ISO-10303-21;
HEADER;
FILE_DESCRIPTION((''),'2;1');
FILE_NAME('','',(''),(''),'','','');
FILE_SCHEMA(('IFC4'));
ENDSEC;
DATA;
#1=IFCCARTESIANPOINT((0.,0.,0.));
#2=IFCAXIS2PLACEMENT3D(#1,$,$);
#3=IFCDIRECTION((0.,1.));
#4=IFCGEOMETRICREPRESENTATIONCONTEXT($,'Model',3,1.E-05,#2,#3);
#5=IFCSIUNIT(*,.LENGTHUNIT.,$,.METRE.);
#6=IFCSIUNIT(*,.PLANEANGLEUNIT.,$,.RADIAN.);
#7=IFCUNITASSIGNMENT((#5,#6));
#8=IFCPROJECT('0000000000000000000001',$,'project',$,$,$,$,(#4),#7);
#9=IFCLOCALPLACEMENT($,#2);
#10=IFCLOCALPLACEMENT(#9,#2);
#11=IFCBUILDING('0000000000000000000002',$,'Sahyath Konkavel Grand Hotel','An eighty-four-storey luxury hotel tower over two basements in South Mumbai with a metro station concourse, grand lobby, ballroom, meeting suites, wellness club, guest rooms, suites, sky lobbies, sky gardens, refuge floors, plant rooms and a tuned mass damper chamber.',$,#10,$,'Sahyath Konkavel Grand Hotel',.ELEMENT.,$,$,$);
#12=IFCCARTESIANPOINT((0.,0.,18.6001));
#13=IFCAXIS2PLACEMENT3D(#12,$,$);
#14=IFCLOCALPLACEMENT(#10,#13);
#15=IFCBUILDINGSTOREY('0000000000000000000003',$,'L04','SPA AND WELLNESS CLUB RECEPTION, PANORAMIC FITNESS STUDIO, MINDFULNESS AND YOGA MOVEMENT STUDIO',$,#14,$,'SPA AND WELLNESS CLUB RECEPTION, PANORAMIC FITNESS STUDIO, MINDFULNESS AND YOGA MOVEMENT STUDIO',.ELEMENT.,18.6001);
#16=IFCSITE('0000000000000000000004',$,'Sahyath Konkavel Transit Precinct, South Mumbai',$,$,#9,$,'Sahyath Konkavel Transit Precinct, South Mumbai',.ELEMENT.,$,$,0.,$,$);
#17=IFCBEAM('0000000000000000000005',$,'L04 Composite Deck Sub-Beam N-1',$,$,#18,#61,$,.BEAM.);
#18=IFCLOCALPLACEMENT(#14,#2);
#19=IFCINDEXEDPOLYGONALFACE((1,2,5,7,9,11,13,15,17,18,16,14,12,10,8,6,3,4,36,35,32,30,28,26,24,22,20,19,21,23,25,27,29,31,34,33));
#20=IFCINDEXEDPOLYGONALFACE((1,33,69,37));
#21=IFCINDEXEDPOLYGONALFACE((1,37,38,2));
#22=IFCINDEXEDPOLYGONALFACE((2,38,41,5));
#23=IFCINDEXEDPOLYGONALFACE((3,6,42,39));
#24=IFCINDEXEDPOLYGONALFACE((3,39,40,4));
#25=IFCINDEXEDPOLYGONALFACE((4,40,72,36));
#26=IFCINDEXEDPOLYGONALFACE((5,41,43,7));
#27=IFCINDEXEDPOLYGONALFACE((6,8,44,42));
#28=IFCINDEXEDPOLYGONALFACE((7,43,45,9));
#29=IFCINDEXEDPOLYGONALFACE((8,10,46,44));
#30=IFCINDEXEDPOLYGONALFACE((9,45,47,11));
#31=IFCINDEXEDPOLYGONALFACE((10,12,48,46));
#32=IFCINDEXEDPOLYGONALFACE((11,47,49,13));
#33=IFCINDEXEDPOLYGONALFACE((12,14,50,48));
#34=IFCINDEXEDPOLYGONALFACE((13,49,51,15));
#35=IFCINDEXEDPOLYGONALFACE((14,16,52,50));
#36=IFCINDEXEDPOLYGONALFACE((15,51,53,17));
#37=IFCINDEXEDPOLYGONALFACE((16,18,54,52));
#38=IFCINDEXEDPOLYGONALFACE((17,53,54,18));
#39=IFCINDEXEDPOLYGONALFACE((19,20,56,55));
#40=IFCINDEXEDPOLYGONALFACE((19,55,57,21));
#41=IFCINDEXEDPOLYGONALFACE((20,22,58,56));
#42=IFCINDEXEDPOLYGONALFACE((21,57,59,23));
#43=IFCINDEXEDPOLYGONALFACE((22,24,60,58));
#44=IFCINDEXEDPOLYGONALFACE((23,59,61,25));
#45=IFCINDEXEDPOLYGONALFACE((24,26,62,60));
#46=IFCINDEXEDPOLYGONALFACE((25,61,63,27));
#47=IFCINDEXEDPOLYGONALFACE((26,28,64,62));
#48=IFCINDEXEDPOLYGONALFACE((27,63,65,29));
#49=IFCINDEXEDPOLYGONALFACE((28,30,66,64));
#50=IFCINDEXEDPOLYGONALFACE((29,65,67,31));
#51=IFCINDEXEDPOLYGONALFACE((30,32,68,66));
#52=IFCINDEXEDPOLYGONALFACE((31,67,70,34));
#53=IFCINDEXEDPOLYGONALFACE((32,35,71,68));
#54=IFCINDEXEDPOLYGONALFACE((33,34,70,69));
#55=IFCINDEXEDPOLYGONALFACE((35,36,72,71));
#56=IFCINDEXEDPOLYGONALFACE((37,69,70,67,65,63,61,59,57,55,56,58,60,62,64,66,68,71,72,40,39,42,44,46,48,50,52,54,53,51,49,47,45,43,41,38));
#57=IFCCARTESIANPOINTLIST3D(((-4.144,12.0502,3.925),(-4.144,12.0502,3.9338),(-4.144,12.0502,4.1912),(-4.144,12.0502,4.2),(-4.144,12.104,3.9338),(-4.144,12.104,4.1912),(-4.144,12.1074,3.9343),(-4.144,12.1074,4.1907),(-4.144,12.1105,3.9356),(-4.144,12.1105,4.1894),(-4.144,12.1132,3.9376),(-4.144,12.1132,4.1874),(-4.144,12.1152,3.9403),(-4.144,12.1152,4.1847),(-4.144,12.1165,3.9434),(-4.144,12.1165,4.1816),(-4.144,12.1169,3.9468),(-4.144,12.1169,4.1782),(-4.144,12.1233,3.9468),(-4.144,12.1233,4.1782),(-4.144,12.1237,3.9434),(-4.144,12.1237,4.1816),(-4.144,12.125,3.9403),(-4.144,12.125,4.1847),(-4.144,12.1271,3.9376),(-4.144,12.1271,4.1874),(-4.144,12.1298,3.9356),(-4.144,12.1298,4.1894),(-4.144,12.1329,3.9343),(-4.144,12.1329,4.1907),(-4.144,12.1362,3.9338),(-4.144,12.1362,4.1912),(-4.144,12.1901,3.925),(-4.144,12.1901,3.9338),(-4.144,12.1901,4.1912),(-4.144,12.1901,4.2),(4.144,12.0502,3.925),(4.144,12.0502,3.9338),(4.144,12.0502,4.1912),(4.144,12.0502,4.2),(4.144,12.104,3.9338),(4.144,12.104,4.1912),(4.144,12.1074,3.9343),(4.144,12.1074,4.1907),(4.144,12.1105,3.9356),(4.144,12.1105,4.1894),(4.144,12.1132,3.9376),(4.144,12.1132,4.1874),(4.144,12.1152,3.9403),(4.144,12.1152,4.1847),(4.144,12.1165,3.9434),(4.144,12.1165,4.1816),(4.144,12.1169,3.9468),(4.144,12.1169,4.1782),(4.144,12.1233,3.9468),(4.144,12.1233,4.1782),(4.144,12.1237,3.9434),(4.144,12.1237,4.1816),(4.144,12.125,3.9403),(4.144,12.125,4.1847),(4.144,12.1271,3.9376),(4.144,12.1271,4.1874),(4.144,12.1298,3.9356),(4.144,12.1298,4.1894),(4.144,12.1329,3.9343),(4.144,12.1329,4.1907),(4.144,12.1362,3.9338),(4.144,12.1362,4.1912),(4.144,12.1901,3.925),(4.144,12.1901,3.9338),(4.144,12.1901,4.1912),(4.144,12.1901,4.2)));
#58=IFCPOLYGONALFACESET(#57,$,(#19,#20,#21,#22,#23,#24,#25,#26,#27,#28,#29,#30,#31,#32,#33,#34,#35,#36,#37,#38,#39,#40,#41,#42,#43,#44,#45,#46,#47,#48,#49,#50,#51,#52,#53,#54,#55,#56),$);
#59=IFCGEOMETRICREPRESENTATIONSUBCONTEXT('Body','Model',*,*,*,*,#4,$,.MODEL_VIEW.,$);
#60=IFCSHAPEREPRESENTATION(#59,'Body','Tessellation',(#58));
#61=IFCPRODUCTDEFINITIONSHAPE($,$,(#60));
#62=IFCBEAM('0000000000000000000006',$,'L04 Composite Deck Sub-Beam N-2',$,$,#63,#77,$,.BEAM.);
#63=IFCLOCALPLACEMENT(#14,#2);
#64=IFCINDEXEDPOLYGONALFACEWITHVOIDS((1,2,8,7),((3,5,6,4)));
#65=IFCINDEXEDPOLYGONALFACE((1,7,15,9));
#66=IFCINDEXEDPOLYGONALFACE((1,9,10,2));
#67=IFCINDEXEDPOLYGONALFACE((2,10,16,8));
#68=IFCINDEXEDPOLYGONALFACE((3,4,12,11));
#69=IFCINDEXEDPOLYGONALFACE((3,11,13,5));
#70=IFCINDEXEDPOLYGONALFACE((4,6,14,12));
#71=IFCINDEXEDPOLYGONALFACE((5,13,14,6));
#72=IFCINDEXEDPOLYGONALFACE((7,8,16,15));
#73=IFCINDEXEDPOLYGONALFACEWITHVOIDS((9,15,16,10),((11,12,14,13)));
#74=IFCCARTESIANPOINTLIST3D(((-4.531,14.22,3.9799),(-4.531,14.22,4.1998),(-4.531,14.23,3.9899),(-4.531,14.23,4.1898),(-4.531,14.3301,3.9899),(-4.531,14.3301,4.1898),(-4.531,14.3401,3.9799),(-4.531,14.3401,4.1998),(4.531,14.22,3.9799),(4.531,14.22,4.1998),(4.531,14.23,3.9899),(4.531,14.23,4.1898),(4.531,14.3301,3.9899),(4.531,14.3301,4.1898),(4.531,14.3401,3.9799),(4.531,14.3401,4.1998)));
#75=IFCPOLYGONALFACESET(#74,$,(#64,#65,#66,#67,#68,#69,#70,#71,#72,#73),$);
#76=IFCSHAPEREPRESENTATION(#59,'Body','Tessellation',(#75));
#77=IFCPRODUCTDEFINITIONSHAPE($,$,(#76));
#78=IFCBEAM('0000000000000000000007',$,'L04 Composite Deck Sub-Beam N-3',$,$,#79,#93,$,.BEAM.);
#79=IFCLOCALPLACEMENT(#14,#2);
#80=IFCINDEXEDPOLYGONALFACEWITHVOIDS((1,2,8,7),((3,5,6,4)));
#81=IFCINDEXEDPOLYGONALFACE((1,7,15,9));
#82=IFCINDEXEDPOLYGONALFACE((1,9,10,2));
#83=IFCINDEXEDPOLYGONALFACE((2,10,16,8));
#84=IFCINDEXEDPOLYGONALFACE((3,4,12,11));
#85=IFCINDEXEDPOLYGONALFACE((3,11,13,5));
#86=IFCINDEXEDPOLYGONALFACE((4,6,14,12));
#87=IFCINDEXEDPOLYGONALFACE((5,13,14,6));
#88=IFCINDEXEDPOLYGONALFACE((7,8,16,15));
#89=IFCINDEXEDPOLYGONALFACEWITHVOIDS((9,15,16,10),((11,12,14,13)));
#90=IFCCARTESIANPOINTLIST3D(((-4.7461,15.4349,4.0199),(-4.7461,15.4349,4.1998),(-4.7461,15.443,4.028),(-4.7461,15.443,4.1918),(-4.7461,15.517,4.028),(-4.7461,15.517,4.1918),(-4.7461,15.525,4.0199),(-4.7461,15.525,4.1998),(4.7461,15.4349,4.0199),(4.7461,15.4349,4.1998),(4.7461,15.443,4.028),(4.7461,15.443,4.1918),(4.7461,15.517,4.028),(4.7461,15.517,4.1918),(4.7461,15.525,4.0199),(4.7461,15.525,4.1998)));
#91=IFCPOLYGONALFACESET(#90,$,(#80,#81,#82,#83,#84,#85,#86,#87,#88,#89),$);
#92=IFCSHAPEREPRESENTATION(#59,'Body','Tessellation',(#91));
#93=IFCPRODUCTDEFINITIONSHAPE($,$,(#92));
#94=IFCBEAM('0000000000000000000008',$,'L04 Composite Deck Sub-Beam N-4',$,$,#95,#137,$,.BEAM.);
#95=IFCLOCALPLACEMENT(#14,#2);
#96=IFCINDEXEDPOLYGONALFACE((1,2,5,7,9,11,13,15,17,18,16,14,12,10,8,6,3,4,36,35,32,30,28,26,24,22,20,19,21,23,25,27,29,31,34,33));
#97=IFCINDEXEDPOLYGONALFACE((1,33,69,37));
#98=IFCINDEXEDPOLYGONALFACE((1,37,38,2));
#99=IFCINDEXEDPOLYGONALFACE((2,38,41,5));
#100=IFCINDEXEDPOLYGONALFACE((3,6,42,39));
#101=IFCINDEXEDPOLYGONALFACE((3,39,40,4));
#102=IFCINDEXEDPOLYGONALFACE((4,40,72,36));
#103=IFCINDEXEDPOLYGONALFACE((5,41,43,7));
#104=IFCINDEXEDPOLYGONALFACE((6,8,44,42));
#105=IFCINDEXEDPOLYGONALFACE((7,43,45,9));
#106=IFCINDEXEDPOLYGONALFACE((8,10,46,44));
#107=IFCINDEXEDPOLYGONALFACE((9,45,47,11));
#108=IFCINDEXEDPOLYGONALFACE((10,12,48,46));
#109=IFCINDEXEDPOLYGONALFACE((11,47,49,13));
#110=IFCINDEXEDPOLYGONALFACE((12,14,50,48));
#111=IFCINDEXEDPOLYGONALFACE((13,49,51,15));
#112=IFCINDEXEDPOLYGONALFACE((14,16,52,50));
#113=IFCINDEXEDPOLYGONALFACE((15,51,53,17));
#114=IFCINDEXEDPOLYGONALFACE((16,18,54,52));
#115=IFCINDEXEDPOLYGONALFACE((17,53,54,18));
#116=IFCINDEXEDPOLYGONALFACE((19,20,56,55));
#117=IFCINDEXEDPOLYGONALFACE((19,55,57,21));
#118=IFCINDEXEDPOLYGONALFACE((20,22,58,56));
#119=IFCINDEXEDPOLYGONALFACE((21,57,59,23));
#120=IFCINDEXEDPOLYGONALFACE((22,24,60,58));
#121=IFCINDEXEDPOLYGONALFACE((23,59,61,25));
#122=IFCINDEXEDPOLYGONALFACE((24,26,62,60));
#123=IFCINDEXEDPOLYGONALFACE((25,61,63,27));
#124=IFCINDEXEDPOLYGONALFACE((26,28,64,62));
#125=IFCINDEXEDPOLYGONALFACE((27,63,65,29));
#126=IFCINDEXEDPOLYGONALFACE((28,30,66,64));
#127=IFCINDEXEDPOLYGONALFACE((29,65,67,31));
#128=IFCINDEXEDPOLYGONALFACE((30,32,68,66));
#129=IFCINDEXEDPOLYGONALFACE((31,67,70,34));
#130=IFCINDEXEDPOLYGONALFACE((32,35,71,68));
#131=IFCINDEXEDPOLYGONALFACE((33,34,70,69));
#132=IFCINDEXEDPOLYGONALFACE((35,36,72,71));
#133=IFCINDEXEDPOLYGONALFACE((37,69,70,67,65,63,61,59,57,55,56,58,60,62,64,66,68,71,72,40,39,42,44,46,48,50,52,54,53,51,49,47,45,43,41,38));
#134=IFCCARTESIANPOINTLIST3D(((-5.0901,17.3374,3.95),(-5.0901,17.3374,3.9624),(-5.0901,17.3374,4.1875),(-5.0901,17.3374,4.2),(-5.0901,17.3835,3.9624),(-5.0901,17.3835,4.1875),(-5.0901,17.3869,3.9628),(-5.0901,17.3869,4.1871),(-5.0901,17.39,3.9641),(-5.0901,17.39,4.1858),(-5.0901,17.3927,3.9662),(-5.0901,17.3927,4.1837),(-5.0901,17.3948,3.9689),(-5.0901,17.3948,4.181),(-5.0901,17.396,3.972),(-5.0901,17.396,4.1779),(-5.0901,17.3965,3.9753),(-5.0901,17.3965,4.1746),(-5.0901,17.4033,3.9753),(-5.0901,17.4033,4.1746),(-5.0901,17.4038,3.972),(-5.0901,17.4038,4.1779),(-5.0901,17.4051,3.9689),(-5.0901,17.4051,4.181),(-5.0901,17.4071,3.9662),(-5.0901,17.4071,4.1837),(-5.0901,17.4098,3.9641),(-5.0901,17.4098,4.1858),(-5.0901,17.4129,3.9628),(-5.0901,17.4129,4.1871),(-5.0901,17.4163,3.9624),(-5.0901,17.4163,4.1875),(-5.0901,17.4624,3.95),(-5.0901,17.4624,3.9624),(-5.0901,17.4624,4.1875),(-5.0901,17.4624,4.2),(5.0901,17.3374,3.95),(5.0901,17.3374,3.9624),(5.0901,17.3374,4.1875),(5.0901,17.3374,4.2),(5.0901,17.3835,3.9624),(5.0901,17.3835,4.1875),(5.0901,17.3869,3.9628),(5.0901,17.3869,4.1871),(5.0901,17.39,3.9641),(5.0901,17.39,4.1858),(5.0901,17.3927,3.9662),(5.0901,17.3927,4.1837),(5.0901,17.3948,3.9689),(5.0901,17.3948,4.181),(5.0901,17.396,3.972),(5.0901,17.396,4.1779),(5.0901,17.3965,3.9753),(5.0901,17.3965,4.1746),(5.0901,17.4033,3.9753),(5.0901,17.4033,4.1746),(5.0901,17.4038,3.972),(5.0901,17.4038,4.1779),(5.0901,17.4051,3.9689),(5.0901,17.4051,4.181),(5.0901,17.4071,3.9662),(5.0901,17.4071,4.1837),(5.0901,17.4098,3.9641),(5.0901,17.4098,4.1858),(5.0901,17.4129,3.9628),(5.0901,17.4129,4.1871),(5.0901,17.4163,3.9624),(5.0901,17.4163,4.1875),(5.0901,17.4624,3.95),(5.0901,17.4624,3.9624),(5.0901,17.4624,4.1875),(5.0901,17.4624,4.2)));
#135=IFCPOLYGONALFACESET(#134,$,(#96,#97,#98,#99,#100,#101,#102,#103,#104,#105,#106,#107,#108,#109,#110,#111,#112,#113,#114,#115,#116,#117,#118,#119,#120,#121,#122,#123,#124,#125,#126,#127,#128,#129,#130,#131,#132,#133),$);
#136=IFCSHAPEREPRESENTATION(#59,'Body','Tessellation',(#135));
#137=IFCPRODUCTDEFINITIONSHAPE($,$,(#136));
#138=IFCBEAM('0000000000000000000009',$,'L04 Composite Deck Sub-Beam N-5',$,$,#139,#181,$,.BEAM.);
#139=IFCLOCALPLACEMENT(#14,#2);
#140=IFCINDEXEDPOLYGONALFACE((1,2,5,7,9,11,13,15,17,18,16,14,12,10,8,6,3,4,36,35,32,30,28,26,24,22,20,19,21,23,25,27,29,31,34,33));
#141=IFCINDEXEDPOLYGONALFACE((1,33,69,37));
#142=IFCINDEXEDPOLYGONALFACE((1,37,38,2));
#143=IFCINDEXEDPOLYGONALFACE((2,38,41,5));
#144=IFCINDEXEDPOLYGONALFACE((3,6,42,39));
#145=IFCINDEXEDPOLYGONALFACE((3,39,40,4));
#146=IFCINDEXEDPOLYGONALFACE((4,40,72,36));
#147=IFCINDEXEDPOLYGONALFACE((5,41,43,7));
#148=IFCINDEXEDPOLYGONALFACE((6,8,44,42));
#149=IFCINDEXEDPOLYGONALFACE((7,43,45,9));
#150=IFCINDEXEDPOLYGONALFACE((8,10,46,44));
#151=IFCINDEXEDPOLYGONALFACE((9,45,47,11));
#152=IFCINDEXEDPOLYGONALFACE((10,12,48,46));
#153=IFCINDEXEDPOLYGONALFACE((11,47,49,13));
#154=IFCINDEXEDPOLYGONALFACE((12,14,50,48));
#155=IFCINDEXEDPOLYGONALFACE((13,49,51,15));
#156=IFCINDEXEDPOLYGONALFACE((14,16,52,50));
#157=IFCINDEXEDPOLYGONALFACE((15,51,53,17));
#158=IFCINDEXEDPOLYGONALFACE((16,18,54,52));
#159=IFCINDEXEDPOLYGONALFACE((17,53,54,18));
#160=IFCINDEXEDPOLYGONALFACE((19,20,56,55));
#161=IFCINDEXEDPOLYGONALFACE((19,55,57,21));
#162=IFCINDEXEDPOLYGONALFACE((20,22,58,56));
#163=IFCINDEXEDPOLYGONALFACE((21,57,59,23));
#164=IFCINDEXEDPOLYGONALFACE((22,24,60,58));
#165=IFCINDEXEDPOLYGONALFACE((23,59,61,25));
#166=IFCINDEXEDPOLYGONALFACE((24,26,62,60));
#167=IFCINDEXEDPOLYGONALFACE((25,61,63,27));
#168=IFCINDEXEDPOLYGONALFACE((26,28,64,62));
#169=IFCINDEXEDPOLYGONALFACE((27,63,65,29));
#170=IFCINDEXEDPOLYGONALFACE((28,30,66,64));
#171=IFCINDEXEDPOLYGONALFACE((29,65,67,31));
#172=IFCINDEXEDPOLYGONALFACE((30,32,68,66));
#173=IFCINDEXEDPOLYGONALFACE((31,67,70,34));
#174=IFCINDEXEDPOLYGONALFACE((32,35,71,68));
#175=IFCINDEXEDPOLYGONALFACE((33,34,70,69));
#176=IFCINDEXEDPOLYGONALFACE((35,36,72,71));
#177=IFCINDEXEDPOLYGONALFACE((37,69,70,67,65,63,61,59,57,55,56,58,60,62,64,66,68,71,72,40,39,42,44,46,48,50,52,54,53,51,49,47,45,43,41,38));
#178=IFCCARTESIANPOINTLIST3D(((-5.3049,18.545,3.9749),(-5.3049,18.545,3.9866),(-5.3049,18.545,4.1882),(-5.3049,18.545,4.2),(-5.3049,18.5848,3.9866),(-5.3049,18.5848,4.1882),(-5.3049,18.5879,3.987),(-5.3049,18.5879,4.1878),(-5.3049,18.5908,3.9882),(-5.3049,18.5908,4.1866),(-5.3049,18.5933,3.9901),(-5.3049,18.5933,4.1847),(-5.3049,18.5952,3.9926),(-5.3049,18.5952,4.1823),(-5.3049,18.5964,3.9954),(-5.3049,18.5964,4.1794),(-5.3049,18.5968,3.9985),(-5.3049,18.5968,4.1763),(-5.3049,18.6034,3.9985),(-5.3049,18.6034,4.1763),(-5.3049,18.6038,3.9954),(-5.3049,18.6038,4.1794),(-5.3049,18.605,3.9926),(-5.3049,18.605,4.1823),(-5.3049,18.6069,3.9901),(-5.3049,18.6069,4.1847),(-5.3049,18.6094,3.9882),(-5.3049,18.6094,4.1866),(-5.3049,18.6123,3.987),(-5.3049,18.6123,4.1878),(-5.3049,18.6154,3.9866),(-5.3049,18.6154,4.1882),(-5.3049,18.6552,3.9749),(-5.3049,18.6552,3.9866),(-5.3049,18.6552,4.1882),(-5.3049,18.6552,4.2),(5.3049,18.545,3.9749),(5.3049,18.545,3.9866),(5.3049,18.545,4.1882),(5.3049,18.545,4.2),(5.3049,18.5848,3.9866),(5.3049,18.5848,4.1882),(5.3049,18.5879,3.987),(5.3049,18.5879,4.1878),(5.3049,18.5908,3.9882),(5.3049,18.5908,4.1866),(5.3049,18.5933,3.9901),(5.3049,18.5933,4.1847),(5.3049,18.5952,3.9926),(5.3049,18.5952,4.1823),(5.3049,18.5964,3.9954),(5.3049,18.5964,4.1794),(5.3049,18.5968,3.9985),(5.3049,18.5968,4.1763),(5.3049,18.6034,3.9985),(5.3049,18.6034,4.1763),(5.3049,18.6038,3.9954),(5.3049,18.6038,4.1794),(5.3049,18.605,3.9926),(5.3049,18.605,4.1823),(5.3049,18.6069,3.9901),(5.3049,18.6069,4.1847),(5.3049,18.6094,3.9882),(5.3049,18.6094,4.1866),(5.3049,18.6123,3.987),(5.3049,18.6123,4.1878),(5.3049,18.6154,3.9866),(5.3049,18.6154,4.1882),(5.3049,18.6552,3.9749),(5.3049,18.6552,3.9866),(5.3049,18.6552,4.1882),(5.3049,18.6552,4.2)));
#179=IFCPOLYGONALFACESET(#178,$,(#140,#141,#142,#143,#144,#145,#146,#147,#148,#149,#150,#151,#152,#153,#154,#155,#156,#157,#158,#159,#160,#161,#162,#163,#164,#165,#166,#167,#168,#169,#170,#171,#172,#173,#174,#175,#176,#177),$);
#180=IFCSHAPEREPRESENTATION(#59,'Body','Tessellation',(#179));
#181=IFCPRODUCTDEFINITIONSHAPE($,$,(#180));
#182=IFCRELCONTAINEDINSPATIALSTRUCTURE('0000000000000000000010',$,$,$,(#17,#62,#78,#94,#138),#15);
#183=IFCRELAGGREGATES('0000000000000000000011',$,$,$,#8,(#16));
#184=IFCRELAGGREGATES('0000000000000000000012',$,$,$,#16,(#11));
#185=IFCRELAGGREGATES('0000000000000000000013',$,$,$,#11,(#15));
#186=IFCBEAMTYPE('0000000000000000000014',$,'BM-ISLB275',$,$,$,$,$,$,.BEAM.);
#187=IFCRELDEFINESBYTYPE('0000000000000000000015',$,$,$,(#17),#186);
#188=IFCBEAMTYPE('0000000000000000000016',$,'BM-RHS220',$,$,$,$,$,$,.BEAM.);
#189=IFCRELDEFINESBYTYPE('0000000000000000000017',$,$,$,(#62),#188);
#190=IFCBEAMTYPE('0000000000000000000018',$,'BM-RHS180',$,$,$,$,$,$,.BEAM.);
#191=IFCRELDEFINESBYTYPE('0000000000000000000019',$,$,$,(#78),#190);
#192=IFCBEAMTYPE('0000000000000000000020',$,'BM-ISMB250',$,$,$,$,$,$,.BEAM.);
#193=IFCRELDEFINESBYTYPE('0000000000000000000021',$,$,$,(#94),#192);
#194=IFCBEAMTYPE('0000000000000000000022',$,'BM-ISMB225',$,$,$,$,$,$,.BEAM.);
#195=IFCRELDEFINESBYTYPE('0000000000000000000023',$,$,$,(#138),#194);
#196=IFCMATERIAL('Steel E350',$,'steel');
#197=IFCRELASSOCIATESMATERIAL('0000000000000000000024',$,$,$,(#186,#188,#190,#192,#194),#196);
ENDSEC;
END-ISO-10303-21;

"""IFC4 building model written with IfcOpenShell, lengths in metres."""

from ifc_helpers import new_model, si_unit, direction, frame, origin, origin_2d, place, context, subcontext, project, spatial, hollow_rectangle, i_section, extrude, source, transform, mapped, material, material_profile, profile_set, type_object, element, save


model = new_model("IFC4")

# Units and contexts
model_context = context("Model", 3, precision=1e-05, world=origin(), true_north=direction((0.0, 1.0)))
body_context = subcontext(model_context, "Body", "Model", "MODEL_VIEW")
ifc_project = project(units=[si_unit("LENGTHUNIT", "METRE"), si_unit("PLANEANGLEUNIT", "RADIAN")], contexts=[model_context])

# Site, building, storey
site_placement = place(None, origin())
site = spatial("IfcSite", under=ifc_project, at=site_placement, Name="Sahyath Konkavel Transit Precinct, South Mumbai", LongName="Sahyath Konkavel Transit Precinct, South Mumbai", CompositionType="ELEMENT", RefElevation=0.0)
building_placement = place(site_placement, origin())
building = spatial("IfcBuilding", under=site, at=building_placement, Name="Sahyath Konkavel Grand Hotel", Description="An eighty-four-storey luxury hotel tower over two basements in South Mumbai with a metro station concourse, grand lobby, ballroom, meeting suites, wellness club, guest rooms, suites, sky lobbies, sky gardens, refuge floors, plant rooms and a tuned mass damper chamber.", LongName="Sahyath Konkavel Grand Hotel", CompositionType="ELEMENT")
storey_placement = place(building_placement, frame((0.0, 0.0, 18.6001)))
storey = spatial("IfcBuildingStorey", under=building, at=storey_placement, Name="L04", Description="SPA AND WELLNESS CLUB RECEPTION, PANORAMIC FITNESS STUDIO, MINDFULNESS AND YOGA MOVEMENT STUDIO", LongName="SPA AND WELLNESS CLUB RECEPTION, PANORAMIC FITNESS STUDIO, MINDFULNESS AND YOGA MOVEMENT STUDIO", CompositionType="ELEMENT", Elevation=18.6001)

# Beams
ifc_material_1 = material(Name="Steel E350", Category="steel")
ifc_material_profile_1 = material_profile(ifc_material_1, i_section(OverallWidth=0.1399, OverallDepth=0.2749, WebThickness=0.0063, FlangeThickness=0.0088, FilletRadius=0.0129, at=origin_2d()), Name="ISLB 275")
ifc_profile_set_1 = profile_set([ifc_material_profile_1], Name="Steel E350")
beam_type_1 = type_object("IfcBeamType", Name="BM-ISLB275", PredefinedType="BEAM", material=ifc_profile_set_1)
shared_shape_1 = source(origin(), body_context, "Body", "SweptSolid", [
    extrude(i_section(OverallWidth=0.1399, OverallDepth=0.2749, WebThickness=0.0063, FlangeThickness=0.0088, FilletRadius=0.0129, at=origin_2d()), origin(), (0.0, 0.0, 1.0), 8.2881),
])
beam_1_placement = place(storey_placement, frame((4.144, 12.1201, 4.0625), z_axis=(-1.0, 0.0, 0.0), x_axis=(0.0, -1.0, 0.0)))
element("IfcBeam", 1, at=beam_1_placement, inside=storey, type_object=beam_type_1, Name="L04 Composite Deck Sub-Beam N-1", PredefinedType="BEAM", context=body_context, shape_type="MappedRepresentation", body=[
    mapped(shared_shape_1, transform((0.0, 0.0, 0.0), scale=1.0)),
])
ifc_material_profile_2 = material_profile(ifc_material_1, hollow_rectangle(XDim=0.1201, YDim=0.22, WallThickness=0.01, at=origin_2d()), Name="RHS 220x120x10")
ifc_profile_set_2 = profile_set([ifc_material_profile_2], Name="Steel E350")
beam_type_2 = type_object("IfcBeamType", Name="BM-RHS220", PredefinedType="BEAM", material=ifc_profile_set_2)
shared_shape_2 = source(origin(), body_context, "Body", "SweptSolid", [
    extrude(hollow_rectangle(XDim=0.1201, YDim=0.22, WallThickness=0.01, at=origin_2d()), origin(), (0.0, 0.0, 1.0), 9.062),
])
beam_2_placement = place(storey_placement, frame((4.531, 14.28, 4.0898), z_axis=(-1.0, 0.0, 0.0), x_axis=(0.0, -1.0, 0.0)))
element("IfcBeam", 2, at=beam_2_placement, inside=storey, type_object=beam_type_2, Name="L04 Composite Deck Sub-Beam N-2", PredefinedType="BEAM", context=body_context, shape_type="MappedRepresentation", body=[
    mapped(shared_shape_2, transform((0.0, 0.0, 0.0), scale=1.0)),
])
ifc_material_profile_3 = material_profile(ifc_material_1, hollow_rectangle(XDim=0.0901, YDim=0.1799, WallThickness=0.0081, at=origin_2d()), Name="RHS 180x90x8")
ifc_profile_set_3 = profile_set([ifc_material_profile_3], Name="Steel E350")
beam_type_3 = type_object("IfcBeamType", Name="BM-RHS180", PredefinedType="BEAM", material=ifc_profile_set_3)
shared_shape_3 = source(origin(), body_context, "Body", "SweptSolid", [
    extrude(hollow_rectangle(XDim=0.0901, YDim=0.1799, WallThickness=0.0081, at=origin_2d()), origin(), (0.0, 0.0, 1.0), 9.4922),
])
beam_3_placement = place(storey_placement, frame((4.7461, 15.48, 4.1099), z_axis=(-1.0, 0.0, 0.0), x_axis=(0.0, -1.0, 0.0)))
element("IfcBeam", 3, at=beam_3_placement, inside=storey, type_object=beam_type_3, Name="L04 Composite Deck Sub-Beam N-3", PredefinedType="BEAM", context=body_context, shape_type="MappedRepresentation", body=[
    mapped(shared_shape_3, transform((0.0, 0.0, 0.0), scale=1.0)),
])
ifc_material_profile_4 = material_profile(ifc_material_1, i_section(OverallWidth=0.125, OverallDepth=0.25, WebThickness=0.0068, FlangeThickness=0.0125, FilletRadius=0.0129, at=origin_2d()), Name="ISMB 250")
ifc_profile_set_4 = profile_set([ifc_material_profile_4], Name="Steel E350")
beam_type_4 = type_object("IfcBeamType", Name="BM-ISMB250", PredefinedType="BEAM", material=ifc_profile_set_4)
shared_shape_4 = source(origin(), body_context, "Body", "SweptSolid", [
    extrude(i_section(OverallWidth=0.125, OverallDepth=0.25, WebThickness=0.0068, FlangeThickness=0.0125, FilletRadius=0.0129, at=origin_2d()), origin(), (0.0, 0.0, 1.0), 10.1802),
])
beam_4_placement = place(storey_placement, frame((5.0901, 17.3999, 4.075), z_axis=(-1.0, 0.0, 0.0), x_axis=(0.0, -1.0, 0.0)))
element("IfcBeam", 4, at=beam_4_placement, inside=storey, type_object=beam_type_4, Name="L04 Composite Deck Sub-Beam N-4", PredefinedType="BEAM", context=body_context, shape_type="MappedRepresentation", body=[
    mapped(shared_shape_4, transform((0.0, 0.0, 0.0), scale=1.0)),
])
ifc_material_profile_5 = material_profile(ifc_material_1, i_section(OverallWidth=0.1101, OverallDepth=0.2251, WebThickness=0.0066, FlangeThickness=0.0117, FilletRadius=0.012, at=origin_2d()), Name="ISMB 225")
ifc_profile_set_5 = profile_set([ifc_material_profile_5], Name="Steel E350")
beam_type_5 = type_object("IfcBeamType", Name="BM-ISMB225", PredefinedType="BEAM", material=ifc_profile_set_5)
shared_shape_5 = source(origin(), body_context, "Body", "SweptSolid", [
    extrude(i_section(OverallWidth=0.1101, OverallDepth=0.2251, WebThickness=0.0066, FlangeThickness=0.0117, FilletRadius=0.012, at=origin_2d()), origin(), (0.0, 0.0, 1.0), 10.6099),
])
beam_5_placement = place(storey_placement, frame((5.3049, 18.6001, 4.0874), z_axis=(-1.0, 0.0, 0.0), x_axis=(0.0, -1.0, 0.0)))
element("IfcBeam", 5, at=beam_5_placement, inside=storey, type_object=beam_type_5, Name="L04 Composite Deck Sub-Beam N-5", PredefinedType="BEAM", context=body_context, shape_type="MappedRepresentation", body=[
    mapped(shared_shape_5, transform((0.0, 0.0, 0.0), scale=1.0)),
])

save(model, "model.ifc")
